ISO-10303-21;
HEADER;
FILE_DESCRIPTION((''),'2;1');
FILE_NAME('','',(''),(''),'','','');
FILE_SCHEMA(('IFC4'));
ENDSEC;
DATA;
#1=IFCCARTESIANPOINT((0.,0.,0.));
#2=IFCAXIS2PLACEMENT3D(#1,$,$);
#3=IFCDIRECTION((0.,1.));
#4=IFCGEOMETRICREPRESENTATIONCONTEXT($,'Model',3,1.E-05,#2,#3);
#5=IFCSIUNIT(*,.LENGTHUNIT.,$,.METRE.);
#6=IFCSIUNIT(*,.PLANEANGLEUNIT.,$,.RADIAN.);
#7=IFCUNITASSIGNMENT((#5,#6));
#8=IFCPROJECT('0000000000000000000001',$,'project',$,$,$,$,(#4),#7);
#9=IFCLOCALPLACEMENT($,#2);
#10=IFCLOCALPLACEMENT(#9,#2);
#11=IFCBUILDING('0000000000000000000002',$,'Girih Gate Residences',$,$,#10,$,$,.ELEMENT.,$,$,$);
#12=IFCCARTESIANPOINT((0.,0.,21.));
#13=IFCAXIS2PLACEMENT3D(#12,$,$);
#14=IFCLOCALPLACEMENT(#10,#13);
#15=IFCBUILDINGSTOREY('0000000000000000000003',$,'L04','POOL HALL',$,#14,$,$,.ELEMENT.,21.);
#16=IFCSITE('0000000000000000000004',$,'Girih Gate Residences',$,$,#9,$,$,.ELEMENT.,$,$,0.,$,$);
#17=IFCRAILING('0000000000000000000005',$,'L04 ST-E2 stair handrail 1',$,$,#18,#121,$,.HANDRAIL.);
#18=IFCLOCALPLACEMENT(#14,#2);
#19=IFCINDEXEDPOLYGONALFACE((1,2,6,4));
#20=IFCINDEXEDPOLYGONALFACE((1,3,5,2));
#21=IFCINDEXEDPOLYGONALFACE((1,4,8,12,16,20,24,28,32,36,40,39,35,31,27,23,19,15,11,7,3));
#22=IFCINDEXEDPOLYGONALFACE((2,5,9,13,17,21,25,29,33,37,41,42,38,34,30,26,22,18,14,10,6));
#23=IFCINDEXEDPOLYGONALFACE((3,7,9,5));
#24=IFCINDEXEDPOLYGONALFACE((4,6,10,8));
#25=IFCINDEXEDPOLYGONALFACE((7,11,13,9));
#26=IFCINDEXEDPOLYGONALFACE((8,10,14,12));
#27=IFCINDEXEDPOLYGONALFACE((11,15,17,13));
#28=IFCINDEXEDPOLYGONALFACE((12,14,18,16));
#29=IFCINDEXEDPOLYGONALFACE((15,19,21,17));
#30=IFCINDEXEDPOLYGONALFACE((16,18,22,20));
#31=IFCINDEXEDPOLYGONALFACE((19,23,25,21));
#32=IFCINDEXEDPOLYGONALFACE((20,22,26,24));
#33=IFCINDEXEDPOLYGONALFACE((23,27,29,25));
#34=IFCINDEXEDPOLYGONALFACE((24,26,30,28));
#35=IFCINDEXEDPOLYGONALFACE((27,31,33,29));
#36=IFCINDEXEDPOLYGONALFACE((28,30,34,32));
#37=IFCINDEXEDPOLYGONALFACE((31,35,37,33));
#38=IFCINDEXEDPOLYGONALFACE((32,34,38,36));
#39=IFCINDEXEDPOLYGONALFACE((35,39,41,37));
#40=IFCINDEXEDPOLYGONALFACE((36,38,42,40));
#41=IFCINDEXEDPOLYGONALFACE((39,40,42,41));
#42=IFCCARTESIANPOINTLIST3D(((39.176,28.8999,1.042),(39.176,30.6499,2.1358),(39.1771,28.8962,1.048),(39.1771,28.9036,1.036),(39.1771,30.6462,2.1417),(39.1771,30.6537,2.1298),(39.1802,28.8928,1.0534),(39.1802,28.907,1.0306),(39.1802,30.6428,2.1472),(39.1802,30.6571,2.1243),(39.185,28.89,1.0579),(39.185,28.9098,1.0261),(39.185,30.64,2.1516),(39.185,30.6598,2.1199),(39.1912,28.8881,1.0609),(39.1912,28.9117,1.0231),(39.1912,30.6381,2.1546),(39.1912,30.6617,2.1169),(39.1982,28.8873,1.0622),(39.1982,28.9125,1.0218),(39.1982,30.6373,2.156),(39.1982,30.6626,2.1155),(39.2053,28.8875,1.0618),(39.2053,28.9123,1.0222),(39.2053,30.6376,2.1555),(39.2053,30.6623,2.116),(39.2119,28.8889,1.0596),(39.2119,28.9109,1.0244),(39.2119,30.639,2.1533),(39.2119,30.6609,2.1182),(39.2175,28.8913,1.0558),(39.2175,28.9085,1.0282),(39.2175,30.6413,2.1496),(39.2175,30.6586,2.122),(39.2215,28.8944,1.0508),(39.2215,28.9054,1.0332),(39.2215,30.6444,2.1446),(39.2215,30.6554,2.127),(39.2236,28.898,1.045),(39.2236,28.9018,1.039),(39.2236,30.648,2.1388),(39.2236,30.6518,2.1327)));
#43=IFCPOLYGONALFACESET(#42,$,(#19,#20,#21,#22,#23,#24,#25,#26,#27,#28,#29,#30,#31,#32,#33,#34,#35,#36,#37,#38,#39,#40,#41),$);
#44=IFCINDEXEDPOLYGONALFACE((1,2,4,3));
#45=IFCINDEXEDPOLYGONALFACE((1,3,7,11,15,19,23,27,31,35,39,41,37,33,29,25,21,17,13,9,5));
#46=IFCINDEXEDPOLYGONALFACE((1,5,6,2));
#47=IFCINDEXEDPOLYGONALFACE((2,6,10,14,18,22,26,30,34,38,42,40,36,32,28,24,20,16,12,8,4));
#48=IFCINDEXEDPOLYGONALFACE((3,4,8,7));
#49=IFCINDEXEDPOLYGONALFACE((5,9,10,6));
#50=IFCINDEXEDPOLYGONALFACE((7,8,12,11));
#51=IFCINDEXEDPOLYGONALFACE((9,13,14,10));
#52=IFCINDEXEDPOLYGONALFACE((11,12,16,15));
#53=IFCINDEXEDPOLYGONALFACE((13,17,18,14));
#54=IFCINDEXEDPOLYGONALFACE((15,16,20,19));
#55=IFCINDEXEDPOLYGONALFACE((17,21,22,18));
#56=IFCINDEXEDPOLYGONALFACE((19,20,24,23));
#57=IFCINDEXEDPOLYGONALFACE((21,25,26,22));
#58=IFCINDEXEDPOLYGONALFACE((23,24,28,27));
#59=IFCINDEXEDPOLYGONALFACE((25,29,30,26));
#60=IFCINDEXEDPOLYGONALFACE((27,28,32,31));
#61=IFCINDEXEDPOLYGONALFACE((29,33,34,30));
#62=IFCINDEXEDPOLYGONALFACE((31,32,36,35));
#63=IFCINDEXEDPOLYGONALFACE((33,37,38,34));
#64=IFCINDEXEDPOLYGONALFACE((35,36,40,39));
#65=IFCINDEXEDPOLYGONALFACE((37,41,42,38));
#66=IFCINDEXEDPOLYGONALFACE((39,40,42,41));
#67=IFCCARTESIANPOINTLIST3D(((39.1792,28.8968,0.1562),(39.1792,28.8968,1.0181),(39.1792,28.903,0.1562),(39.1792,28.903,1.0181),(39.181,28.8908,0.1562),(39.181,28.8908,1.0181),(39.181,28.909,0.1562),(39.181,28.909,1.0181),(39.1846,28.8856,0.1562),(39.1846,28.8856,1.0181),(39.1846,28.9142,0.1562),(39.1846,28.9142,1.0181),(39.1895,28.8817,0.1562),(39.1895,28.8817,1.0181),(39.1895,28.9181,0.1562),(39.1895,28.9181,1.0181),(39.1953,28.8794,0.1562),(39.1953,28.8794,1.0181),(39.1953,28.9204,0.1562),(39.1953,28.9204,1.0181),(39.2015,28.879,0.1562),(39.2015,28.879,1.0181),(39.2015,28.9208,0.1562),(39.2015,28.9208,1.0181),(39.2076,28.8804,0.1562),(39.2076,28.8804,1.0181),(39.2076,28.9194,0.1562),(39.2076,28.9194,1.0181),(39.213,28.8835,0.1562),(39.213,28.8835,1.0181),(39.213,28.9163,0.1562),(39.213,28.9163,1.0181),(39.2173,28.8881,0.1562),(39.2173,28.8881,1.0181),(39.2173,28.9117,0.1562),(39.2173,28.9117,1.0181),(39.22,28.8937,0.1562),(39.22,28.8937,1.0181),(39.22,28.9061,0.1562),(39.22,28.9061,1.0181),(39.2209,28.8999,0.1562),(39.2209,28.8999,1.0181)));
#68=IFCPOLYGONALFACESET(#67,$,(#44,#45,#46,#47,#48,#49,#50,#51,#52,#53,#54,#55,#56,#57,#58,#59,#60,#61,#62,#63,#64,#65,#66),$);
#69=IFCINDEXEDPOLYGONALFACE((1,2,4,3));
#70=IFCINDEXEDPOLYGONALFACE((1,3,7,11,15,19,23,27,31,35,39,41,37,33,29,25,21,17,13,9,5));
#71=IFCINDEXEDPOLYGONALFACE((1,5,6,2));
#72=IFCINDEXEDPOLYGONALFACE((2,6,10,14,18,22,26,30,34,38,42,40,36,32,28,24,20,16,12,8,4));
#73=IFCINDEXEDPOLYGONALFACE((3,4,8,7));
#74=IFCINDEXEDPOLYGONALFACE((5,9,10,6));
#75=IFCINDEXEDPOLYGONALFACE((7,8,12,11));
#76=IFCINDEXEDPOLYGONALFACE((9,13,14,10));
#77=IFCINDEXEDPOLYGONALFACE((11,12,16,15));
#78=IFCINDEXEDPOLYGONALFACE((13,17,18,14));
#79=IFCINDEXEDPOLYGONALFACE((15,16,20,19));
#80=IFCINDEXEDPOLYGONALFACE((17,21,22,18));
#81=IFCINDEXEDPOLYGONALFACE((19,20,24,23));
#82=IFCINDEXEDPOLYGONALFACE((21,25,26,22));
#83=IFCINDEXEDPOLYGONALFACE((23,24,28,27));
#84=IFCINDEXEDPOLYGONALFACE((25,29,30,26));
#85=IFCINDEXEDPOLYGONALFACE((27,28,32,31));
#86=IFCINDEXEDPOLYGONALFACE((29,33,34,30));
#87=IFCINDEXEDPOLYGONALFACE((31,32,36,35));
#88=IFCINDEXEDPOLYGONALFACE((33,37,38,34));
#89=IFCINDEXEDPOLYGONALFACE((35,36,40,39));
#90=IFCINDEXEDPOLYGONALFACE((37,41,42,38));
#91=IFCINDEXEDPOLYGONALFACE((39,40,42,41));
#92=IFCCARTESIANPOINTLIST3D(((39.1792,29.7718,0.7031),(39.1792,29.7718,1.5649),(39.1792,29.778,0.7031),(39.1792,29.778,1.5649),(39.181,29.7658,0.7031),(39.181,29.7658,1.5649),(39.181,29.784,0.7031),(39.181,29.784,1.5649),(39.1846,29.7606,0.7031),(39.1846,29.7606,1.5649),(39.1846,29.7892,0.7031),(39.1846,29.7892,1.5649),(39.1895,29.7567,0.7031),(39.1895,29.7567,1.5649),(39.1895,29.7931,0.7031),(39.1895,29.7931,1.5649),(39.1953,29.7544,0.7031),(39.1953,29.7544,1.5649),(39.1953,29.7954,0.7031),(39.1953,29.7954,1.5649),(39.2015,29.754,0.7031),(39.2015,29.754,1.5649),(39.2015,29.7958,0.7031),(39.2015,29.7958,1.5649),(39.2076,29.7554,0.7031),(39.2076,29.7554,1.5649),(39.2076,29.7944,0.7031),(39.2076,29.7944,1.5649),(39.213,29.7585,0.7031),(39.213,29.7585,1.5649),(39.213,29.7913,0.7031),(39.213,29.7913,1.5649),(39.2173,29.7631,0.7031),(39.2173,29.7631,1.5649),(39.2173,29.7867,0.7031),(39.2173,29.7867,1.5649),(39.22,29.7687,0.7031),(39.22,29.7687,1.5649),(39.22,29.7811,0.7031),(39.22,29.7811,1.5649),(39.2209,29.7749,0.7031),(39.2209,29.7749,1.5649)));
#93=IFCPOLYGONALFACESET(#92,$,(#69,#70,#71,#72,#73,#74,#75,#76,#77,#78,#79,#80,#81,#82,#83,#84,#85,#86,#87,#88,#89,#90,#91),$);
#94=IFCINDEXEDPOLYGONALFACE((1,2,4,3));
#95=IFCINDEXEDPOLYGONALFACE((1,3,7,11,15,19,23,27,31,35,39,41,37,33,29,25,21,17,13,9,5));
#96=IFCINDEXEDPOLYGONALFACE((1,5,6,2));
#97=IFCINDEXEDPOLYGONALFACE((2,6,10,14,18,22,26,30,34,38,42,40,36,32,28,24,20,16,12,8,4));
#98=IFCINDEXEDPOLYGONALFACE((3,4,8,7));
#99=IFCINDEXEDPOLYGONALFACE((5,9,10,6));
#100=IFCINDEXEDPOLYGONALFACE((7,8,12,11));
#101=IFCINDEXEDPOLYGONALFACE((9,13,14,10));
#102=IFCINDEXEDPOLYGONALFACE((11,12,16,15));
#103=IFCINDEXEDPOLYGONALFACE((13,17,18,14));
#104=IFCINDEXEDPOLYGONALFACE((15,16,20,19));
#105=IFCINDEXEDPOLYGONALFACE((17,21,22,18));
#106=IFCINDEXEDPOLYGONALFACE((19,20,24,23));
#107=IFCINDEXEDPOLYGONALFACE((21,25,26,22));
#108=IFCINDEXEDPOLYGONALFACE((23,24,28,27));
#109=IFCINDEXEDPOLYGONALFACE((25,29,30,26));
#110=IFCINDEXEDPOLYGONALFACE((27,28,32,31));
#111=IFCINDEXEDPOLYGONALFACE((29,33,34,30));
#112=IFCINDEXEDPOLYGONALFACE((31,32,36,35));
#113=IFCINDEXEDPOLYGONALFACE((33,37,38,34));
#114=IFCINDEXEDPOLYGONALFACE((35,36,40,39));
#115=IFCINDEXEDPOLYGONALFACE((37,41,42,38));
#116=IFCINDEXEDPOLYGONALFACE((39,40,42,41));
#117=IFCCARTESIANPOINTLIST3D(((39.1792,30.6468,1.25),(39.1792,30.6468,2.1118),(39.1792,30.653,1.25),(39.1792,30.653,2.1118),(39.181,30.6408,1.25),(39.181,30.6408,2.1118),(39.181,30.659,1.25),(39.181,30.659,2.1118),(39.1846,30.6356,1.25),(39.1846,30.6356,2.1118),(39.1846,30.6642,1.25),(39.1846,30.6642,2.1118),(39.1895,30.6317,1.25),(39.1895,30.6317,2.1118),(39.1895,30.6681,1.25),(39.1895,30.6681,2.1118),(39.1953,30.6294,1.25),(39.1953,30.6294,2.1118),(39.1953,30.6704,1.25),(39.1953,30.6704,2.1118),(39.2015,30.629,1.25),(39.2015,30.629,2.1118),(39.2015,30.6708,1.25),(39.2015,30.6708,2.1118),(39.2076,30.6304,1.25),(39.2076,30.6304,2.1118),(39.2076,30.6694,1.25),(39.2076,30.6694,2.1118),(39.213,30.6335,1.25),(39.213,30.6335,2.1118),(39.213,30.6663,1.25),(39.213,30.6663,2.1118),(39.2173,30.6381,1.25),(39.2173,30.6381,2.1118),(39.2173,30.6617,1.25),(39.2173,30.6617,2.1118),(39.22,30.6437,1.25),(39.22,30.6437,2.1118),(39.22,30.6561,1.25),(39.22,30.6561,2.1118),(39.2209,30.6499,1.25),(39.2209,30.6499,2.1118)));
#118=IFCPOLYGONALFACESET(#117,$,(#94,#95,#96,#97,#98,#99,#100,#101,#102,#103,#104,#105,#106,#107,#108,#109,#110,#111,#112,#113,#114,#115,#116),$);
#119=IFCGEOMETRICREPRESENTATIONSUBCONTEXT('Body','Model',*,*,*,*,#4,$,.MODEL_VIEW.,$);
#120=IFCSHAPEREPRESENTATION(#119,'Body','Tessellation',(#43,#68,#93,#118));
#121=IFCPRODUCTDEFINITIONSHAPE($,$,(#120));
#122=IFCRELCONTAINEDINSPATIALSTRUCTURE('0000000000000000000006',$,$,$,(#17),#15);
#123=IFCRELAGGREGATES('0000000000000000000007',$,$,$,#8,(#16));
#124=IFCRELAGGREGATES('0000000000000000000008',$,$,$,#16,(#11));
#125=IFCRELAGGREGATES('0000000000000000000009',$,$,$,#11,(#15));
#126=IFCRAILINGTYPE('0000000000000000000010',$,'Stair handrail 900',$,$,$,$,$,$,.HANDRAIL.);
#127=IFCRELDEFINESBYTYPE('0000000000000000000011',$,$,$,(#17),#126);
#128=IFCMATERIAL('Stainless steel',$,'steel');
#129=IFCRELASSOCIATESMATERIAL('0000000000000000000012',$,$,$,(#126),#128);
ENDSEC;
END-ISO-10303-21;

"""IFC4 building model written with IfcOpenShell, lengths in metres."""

from ifc_helpers import new_model, si_unit, direction, frame, origin, origin_2d, place, context, subcontext, project, spatial, circle, extrude, material, type_object, element, save


model = new_model("IFC4")

# Units and contexts
model_context = context("Model", 3, precision=1e-05, world=origin(), true_north=direction((0.0, 1.0)))
body_context = subcontext(model_context, "Body", "Model", "MODEL_VIEW")
ifc_project = project(units=[si_unit("LENGTHUNIT", "METRE"), si_unit("PLANEANGLEUNIT", "RADIAN")], contexts=[model_context])

# Site, building, storey
site_placement = place(None, origin())
site = spatial("IfcSite", under=ifc_project, at=site_placement, Name="Girih Gate Residences", CompositionType="ELEMENT", RefElevation=0.0)
building_placement = place(site_placement, origin())
building = spatial("IfcBuilding", under=site, at=building_placement, Name="Girih Gate Residences", CompositionType="ELEMENT")
storey_placement = place(building_placement, frame((0.0, 0.0, 21.0)))
storey = spatial("IfcBuildingStorey", under=building, at=storey_placement, Name="L04", Description="POOL HALL", CompositionType="ELEMENT", Elevation=21.0)

# Railing
ifc_material_1 = material(Name="Stainless steel", Category="steel")
railing_type_1 = type_object("IfcRailingType", Name="Stair handrail 900", PredefinedType="HANDRAIL", material=ifc_material_1)
for number, where, name in (
    (1, (39.2, 28.8999, 0.1562), "L04 ST-E2 stair handrail 1"),
):
    element("IfcRailing", number, at=place(storey_placement, frame(where)), inside=storey, type_object=railing_type_1, Name=name, PredefinedType="HANDRAIL", context=body_context, shape_type="SweptSolid", body=[
        extrude(circle(Radius=0.0239, at=origin_2d()), frame((0.0, 0.0, 0.8857), z_axis=(0.0, 0.847998, 0.529999), x_axis=(-1.0, 0.0, 0.0)), (0.0, 0.0, 1.0), 2.0637),
        extrude(circle(Radius=0.021, at=origin_2d()), origin(), (0.0, 0.0, 1.0), 0.8618),
        extrude(circle(Radius=0.021, at=origin_2d()), frame((0.0, 0.875, 0.5469)), (0.0, 0.0, 1.0), 0.8618),
        extrude(circle(Radius=0.021, at=origin_2d()), frame((0.0, 1.75, 1.0938)), (0.0, 0.0, 1.0), 0.8618),
    ])

save(model, "model.ifc")
